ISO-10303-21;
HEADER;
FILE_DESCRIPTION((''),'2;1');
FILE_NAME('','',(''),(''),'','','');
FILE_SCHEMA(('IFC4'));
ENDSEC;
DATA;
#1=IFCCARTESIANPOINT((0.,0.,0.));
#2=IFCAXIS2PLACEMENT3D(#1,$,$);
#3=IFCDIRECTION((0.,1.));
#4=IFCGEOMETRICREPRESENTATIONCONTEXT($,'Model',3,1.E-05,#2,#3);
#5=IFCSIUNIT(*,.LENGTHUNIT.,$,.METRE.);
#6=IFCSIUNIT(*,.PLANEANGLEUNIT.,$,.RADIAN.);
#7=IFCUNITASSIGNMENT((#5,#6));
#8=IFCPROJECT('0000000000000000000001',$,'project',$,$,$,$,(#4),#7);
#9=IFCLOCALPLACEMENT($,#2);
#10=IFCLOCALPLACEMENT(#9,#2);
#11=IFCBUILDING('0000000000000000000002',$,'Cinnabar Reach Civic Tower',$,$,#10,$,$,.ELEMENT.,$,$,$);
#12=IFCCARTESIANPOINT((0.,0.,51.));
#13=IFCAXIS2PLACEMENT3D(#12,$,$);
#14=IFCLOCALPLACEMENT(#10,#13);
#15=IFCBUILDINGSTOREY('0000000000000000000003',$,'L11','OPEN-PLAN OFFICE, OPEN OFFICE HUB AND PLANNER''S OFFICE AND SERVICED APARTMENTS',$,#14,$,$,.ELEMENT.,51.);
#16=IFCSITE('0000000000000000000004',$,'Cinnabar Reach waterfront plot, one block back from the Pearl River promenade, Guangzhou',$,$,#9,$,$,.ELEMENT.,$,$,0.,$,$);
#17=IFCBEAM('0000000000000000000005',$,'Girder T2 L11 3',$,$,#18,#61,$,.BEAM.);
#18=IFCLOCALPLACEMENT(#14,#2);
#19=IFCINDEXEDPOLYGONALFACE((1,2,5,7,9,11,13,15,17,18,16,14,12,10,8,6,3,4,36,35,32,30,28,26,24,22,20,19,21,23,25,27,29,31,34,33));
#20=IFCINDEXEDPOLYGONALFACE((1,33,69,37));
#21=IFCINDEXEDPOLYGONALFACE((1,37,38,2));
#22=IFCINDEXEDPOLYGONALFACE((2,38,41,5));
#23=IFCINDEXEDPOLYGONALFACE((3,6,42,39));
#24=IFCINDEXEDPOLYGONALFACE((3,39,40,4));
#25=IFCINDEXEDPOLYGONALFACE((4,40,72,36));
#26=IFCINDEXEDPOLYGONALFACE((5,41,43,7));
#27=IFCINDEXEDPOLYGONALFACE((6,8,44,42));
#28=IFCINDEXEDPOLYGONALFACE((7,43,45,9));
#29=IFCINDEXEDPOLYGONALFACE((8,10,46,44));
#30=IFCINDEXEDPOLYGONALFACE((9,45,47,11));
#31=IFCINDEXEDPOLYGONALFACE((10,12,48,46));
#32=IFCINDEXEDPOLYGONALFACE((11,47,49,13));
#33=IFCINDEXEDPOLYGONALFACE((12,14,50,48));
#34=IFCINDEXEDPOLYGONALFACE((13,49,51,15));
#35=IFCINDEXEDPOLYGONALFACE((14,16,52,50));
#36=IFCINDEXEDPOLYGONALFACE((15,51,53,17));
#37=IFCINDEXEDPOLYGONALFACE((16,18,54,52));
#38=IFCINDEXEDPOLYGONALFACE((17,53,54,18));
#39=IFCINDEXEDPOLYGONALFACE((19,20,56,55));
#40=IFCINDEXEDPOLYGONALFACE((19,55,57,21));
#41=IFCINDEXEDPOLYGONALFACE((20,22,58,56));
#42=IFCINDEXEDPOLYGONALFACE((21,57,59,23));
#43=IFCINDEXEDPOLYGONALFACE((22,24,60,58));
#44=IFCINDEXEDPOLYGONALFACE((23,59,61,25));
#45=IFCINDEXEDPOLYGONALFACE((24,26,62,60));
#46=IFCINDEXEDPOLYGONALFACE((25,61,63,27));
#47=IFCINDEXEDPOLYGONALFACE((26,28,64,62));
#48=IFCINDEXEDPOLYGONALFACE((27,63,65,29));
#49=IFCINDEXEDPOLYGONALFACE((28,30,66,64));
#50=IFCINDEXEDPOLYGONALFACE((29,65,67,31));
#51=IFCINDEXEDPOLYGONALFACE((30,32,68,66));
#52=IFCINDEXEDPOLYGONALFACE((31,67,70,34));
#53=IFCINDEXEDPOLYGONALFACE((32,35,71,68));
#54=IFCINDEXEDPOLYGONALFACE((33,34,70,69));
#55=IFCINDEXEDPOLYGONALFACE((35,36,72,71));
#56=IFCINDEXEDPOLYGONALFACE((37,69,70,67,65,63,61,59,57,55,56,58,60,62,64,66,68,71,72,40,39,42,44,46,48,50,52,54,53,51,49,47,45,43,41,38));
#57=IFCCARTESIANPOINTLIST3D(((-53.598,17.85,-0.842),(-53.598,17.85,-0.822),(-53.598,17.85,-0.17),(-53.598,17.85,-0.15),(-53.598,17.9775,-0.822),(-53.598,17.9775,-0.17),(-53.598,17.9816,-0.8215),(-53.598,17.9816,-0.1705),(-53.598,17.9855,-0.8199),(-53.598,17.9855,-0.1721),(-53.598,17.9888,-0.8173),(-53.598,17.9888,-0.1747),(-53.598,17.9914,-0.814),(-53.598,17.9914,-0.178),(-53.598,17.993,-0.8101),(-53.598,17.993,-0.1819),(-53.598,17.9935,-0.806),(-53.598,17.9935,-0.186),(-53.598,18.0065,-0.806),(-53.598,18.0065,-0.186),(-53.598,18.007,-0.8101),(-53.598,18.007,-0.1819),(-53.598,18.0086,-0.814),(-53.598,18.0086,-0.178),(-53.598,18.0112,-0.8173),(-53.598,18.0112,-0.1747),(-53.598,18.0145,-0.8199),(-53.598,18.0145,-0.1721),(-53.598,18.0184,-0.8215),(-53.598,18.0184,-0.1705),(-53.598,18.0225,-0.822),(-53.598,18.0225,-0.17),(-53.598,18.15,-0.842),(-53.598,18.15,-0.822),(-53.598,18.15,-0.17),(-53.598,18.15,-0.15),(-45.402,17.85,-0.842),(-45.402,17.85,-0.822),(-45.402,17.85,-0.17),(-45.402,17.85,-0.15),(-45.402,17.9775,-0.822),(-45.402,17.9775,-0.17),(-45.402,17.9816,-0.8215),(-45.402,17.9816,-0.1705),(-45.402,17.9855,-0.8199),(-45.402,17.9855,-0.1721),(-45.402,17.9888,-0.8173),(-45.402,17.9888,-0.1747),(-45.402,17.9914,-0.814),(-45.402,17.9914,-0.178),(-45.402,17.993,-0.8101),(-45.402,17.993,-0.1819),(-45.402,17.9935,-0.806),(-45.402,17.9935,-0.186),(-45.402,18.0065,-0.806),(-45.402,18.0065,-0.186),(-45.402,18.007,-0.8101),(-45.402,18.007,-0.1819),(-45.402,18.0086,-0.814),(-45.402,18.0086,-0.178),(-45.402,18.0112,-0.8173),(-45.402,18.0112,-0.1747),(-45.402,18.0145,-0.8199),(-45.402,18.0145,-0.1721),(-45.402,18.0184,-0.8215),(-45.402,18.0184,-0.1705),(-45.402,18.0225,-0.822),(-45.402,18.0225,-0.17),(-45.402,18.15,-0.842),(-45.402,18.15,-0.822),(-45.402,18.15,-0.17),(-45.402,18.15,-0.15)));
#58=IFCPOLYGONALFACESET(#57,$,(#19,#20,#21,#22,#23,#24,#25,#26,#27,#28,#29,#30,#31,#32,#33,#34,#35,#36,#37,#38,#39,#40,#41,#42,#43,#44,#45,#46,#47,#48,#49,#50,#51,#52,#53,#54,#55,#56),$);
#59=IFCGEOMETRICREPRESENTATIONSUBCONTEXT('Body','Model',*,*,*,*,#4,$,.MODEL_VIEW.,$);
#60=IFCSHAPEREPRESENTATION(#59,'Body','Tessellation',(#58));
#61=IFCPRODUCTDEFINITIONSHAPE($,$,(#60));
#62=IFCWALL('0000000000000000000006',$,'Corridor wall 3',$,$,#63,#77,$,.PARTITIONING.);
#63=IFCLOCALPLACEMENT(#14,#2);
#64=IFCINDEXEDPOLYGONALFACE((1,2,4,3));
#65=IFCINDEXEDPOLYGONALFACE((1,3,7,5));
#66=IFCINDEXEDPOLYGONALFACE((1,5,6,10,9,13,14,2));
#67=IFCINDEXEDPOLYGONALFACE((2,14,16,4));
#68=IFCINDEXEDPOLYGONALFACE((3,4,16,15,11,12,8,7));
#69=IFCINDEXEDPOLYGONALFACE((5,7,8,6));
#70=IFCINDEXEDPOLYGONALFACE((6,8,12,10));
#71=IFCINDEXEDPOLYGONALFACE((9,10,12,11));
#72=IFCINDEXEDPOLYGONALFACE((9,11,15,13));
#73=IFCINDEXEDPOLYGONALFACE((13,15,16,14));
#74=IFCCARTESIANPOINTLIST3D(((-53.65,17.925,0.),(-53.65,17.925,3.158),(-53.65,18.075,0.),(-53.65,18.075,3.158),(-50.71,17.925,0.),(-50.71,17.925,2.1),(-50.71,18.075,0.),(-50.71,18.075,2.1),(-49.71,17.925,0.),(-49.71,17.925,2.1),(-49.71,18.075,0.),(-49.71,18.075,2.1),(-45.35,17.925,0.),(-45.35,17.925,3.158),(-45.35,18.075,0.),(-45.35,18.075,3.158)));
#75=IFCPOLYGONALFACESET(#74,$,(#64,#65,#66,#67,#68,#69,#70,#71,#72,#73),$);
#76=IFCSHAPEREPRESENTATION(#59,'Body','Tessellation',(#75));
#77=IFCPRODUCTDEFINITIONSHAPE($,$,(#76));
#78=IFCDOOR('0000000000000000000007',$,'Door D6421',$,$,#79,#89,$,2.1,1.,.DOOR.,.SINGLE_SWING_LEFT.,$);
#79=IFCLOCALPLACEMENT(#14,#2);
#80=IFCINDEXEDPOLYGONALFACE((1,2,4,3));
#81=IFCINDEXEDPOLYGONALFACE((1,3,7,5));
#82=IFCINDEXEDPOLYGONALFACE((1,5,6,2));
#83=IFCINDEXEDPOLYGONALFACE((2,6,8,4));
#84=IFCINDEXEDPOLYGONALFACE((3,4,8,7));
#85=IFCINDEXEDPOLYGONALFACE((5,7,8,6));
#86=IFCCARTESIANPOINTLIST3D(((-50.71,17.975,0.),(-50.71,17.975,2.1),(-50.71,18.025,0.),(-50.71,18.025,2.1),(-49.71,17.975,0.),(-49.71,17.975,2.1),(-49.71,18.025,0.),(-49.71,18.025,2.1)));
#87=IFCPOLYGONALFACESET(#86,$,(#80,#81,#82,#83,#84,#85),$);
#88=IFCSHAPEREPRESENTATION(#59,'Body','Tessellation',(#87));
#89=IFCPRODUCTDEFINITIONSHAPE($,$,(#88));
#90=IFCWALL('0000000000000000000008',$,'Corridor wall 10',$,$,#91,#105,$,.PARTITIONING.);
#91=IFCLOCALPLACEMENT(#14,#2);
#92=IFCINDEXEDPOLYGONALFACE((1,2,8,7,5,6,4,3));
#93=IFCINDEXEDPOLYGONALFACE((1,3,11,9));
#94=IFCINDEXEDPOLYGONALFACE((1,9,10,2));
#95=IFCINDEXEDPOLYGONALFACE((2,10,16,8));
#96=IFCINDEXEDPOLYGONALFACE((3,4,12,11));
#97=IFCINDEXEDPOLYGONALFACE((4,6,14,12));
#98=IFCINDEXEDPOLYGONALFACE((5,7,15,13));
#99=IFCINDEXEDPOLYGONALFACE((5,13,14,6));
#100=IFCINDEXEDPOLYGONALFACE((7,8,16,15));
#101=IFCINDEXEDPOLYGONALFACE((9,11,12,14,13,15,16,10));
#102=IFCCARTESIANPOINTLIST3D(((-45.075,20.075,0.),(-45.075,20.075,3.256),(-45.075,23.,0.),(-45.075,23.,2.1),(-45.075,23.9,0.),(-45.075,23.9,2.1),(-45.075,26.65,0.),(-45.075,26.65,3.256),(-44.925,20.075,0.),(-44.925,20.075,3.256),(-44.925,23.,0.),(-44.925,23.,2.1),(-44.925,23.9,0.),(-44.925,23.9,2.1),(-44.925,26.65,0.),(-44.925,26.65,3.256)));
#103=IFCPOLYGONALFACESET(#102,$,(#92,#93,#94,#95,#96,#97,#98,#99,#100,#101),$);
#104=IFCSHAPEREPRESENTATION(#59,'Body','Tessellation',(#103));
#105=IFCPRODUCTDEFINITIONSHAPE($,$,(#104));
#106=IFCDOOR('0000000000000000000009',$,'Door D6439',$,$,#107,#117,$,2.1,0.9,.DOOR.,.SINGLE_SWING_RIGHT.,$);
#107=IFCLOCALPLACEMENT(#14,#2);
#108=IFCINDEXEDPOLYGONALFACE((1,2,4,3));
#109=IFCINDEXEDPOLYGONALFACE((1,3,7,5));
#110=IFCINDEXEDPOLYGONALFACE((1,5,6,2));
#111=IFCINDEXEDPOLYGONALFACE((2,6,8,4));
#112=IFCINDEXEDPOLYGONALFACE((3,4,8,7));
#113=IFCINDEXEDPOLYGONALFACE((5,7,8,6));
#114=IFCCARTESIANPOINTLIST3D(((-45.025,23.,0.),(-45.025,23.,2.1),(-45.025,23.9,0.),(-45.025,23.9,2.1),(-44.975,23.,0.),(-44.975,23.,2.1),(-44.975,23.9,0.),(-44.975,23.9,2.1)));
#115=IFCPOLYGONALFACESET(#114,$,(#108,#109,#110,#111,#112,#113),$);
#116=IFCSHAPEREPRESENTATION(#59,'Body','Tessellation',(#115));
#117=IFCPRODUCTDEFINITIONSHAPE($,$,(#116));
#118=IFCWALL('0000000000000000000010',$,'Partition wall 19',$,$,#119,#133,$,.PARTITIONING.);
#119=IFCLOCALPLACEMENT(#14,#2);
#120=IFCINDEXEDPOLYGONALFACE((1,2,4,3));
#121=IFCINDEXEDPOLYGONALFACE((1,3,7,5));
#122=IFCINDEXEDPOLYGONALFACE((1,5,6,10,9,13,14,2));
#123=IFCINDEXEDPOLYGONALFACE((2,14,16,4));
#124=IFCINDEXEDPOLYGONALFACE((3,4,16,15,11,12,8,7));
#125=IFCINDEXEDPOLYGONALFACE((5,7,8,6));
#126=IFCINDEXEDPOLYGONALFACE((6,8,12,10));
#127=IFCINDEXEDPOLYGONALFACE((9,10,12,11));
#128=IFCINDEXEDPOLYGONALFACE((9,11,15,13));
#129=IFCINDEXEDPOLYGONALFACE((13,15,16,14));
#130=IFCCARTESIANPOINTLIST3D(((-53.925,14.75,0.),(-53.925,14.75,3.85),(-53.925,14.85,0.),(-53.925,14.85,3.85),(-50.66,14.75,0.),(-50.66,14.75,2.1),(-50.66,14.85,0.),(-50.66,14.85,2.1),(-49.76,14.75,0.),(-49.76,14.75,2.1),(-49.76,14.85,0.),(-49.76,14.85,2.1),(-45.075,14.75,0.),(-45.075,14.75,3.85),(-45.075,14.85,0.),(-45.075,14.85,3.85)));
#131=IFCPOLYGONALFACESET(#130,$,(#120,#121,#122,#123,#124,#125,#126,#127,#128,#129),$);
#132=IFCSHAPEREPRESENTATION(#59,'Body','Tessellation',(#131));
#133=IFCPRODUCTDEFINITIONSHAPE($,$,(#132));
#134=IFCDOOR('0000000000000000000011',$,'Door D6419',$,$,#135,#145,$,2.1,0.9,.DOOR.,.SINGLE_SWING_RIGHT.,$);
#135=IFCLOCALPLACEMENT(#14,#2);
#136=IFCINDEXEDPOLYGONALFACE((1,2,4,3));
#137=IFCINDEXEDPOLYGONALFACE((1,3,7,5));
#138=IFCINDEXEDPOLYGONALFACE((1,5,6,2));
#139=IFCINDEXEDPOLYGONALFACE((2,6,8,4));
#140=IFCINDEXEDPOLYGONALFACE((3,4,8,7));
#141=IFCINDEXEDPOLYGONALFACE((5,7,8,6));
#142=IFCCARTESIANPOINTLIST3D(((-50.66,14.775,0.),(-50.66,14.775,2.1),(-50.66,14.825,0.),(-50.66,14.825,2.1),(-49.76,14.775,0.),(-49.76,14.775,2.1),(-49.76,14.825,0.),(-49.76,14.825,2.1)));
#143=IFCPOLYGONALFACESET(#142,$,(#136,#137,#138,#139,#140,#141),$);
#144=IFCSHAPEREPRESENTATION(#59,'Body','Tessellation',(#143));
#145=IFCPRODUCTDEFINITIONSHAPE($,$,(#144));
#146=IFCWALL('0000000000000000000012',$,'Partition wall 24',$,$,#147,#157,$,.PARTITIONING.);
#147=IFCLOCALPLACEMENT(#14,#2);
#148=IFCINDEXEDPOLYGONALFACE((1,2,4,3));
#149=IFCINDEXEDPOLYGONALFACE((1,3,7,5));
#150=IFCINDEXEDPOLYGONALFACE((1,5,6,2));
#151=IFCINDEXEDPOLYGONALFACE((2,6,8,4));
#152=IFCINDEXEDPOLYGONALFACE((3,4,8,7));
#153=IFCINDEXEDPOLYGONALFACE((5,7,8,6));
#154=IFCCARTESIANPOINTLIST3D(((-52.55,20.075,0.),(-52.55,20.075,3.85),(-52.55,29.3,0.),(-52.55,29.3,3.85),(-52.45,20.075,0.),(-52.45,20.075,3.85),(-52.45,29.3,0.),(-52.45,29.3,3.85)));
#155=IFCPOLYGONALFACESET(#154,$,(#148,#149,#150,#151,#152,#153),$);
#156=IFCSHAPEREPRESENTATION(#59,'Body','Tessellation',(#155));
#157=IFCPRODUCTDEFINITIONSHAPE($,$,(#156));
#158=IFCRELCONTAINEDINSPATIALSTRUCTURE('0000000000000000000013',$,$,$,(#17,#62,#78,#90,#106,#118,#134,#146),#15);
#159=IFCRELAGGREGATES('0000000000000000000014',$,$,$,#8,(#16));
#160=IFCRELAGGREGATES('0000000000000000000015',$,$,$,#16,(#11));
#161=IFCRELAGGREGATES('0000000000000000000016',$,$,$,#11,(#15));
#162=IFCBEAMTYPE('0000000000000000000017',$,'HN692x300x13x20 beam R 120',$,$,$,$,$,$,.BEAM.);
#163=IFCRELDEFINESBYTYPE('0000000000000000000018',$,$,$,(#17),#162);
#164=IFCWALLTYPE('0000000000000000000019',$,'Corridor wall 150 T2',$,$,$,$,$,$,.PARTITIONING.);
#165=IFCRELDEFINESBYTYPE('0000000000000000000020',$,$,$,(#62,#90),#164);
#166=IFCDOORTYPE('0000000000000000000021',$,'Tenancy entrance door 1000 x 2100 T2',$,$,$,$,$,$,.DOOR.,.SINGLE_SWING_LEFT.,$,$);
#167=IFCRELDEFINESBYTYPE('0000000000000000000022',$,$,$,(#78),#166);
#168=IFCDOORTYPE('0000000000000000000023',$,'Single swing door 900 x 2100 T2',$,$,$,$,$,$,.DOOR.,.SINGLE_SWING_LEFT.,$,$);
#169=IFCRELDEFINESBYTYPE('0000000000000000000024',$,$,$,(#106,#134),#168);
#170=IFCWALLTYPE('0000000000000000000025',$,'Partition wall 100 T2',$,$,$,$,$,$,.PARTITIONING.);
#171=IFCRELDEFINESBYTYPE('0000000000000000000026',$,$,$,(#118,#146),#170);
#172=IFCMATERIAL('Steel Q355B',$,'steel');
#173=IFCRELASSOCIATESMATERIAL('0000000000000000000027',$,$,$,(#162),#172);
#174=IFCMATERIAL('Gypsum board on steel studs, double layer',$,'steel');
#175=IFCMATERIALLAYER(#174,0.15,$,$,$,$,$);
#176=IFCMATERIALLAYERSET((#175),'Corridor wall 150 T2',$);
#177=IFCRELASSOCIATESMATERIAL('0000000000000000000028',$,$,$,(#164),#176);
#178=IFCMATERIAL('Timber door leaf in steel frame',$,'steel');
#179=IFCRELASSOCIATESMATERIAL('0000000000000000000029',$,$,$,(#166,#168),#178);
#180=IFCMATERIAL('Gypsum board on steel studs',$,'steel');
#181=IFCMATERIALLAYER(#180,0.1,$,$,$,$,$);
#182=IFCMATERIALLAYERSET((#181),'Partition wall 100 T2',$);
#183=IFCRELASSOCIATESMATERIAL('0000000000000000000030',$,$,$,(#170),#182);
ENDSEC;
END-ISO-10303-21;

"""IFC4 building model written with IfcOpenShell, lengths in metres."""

from ifc_helpers import new_model, si_unit, direction, frame, frame_2d, origin, origin_2d, place, context, subcontext, project, spatial, rectangle, i_section, extrude, material, layer, layer_set, material_profile, profile_set, type_object, element, fill, save


model = new_model("IFC4")

# Units and contexts
model_context = context("Model", 3, precision=1e-05, world=origin(), true_north=direction((0.0, 1.0)))
body_context = subcontext(model_context, "Body", "Model", "MODEL_VIEW")
ifc_project = project(units=[si_unit("LENGTHUNIT", "METRE"), si_unit("PLANEANGLEUNIT", "RADIAN")], contexts=[model_context])

# Site, building, storey
site_placement = place(None, origin())
site = spatial("IfcSite", under=ifc_project, at=site_placement, Name="Cinnabar Reach waterfront plot, one block back from the Pearl River promenade, Guangzhou", CompositionType="ELEMENT", RefElevation=0.0)
building_placement = place(site_placement, origin())
building = spatial("IfcBuilding", under=site, at=building_placement, Name="Cinnabar Reach Civic Tower", CompositionType="ELEMENT")
storey_placement = place(building_placement, frame((0.0, 0.0, 51.0)))
storey = spatial("IfcBuildingStorey", under=building, at=storey_placement, Name="L11", Description="OPEN-PLAN OFFICE, OPEN OFFICE HUB AND PLANNER'S OFFICE AND SERVICED APARTMENTS", CompositionType="ELEMENT", Elevation=51.0)

# Beam
ifc_material_1 = material(Name="Steel Q355B", Category="steel")
ifc_material_profile_1 = material_profile(ifc_material_1, i_section(OverallWidth=0.3, OverallDepth=0.692, WebThickness=0.013, FlangeThickness=0.02, FilletRadius=0.016, at=origin_2d()), Name="HN692x300x13x20")
ifc_profile_set_1 = profile_set([ifc_material_profile_1], Name="Steel Q355B")
beam_type_1 = type_object("IfcBeamType", Name="HN692x300x13x20 beam R 120", PredefinedType="BEAM", material=ifc_profile_set_1)
beam_1_placement = place(storey_placement, frame((-53.598, 18.0, -0.496), z_axis=(1.0, 0.0, 0.0), x_axis=(0.0, 1.0, 0.0)))
element("IfcBeam", 1, at=beam_1_placement, inside=storey, type_object=beam_type_1, Name="Girder T2 L11 3", PredefinedType="BEAM", context=body_context, shape_type="SweptSolid", body=[
    extrude(i_section(OverallWidth=0.3, OverallDepth=0.692, WebThickness=0.013, FlangeThickness=0.02, FilletRadius=0.016, at=origin_2d()), origin(), (0.0, 0.0, 1.0), 8.196),
])

# Walls, openings, doors
ifc_material_2 = material(Name="Gypsum board on steel studs, double layer", Category="steel")
ifc_layer_1 = layer(ifc_material_2, 0.15)
ifc_layer_set_1 = layer_set([ifc_layer_1], Name="Corridor wall 150 T2")
wall_type_1 = type_object("IfcWallType", Name="Corridor wall 150 T2", PredefinedType="PARTITIONING", material=ifc_layer_set_1)
wall_1_placement = place(storey_placement, frame((-53.65, 18.0, 0.0), z_axis=(0.0, 0.0, 1.0), x_axis=(1.0, 0.0, 0.0)))
wall_1 = element("IfcWall", 2, at=wall_1_placement, inside=storey, type_object=wall_type_1, Name="Corridor wall 3", PredefinedType="PARTITIONING", context=body_context, shape_type="SweptSolid", body=[
    extrude(rectangle(XDim=8.3, YDim=0.15, at=frame_2d((4.15, 0.0))), origin(), (0.0, 0.0, 1.0), 3.158),
])
opening_1_placement = place(wall_1_placement, frame((2.94, 0.0, 0.0)))
opening_1 = element("IfcOpeningElement", 3, at=opening_1_placement, cuts=wall_1, PredefinedType="OPENING", context=body_context, shape_type="SweptSolid", body=[
    extrude(rectangle(XDim=1.0, YDim=2.1, at=frame_2d((0.5, 1.05))), frame((0.0, 0.085, 0.0), z_axis=(0.0, -1.0, 0.0), x_axis=(1.0, 0.0, 0.0)), (0.0, 0.0, 1.0), 0.17),
])
ifc_material_3 = material(Name="Timber door leaf in steel frame", Category="steel")
door_type_1 = type_object("IfcDoorType", Name="Tenancy entrance door 1000 x 2100 T2", OperationType="SINGLE_SWING_LEFT", PredefinedType="DOOR", material=ifc_material_3)
door_1_placement = place(opening_1_placement, frame((1.0, 0.0, 0.0), z_axis=(0.0, 0.0, 1.0), x_axis=(-1.0, 0.0, 0.0)))
door_1 = element("IfcDoor", 4, at=door_1_placement, inside=storey, type_object=door_type_1, Name="Door D6421", OperationType="SINGLE_SWING_LEFT", OverallHeight=2.1, OverallWidth=1.0, PredefinedType="DOOR", context=body_context, shape_type="SweptSolid", body=[
    extrude(rectangle(XDim=1.0, YDim=2.1, at=frame_2d((0.5, 1.05))), frame((0.0, 0.025, 0.0), z_axis=(0.0, -1.0, 0.0), x_axis=(1.0, 0.0, 0.0)), (0.0, 0.0, 1.0), 0.05),
])
fill(opening_1, door_1)
wall_2_placement = place(storey_placement, frame((-45.0, 20.075, 0.0), z_axis=(0.0, 0.0, 1.0), x_axis=(0.0, 1.0, 0.0)))
wall_2 = element("IfcWall", 5, at=wall_2_placement, inside=storey, type_object=wall_type_1, Name="Corridor wall 10", PredefinedType="PARTITIONING", context=body_context, shape_type="SweptSolid", body=[
    extrude(rectangle(XDim=6.575, YDim=0.15, at=frame_2d((3.2875, 0.0))), origin(), (0.0, 0.0, 1.0), 3.256),
])
opening_2_placement = place(wall_2_placement, frame((2.925, 0.0, 0.0)))
opening_2 = element("IfcOpeningElement", 6, at=opening_2_placement, cuts=wall_2, PredefinedType="OPENING", context=body_context, shape_type="SweptSolid", body=[
    extrude(rectangle(XDim=0.9, YDim=2.1, at=frame_2d((0.45, 1.05))), frame((0.0, 0.085, 0.0), z_axis=(0.0, -1.0, 0.0), x_axis=(1.0, 0.0, 0.0)), (0.0, 0.0, 1.0), 0.17),
])
door_type_2 = type_object("IfcDoorType", Name="Single swing door 900 x 2100 T2", OperationType="SINGLE_SWING_LEFT", PredefinedType="DOOR", material=ifc_material_3)
door_2_placement = place(opening_2_placement, origin())
door_2 = element("IfcDoor", 7, at=door_2_placement, inside=storey, type_object=door_type_2, Name="Door D6439", OperationType="SINGLE_SWING_RIGHT", OverallHeight=2.1, OverallWidth=0.9, PredefinedType="DOOR", context=body_context, shape_type="SweptSolid", body=[
    extrude(rectangle(XDim=0.9, YDim=2.1, at=frame_2d((0.45, 1.05))), frame((0.0, 0.025, 0.0), z_axis=(0.0, -1.0, 0.0), x_axis=(1.0, 0.0, 0.0)), (0.0, 0.0, 1.0), 0.05),
])
fill(opening_2, door_2)
ifc_material_4 = material(Name="Gypsum board on steel studs", Category="steel")
ifc_layer_2 = layer(ifc_material_4, 0.1)
ifc_layer_set_2 = layer_set([ifc_layer_2], Name="Partition wall 100 T2")
wall_type_2 = type_object("IfcWallType", Name="Partition wall 100 T2", PredefinedType="PARTITIONING", material=ifc_layer_set_2)
wall_3_placement = place(storey_placement, frame((-53.925, 14.8, 0.0), z_axis=(0.0, 0.0, 1.0), x_axis=(1.0, 0.0, 0.0)))
wall_3 = element("IfcWall", 8, at=wall_3_placement, inside=storey, type_object=wall_type_2, Name="Partition wall 19", PredefinedType="PARTITIONING", context=body_context, shape_type="SweptSolid", body=[
    extrude(rectangle(XDim=8.85, YDim=0.1, at=frame_2d((4.425, 0.0))), origin(), (0.0, 0.0, 1.0), 3.85),
])
opening_3_placement = place(wall_3_placement, frame((3.265, 0.0, 0.0)))
opening_3 = element("IfcOpeningElement", 9, at=opening_3_placement, cuts=wall_3, PredefinedType="OPENING", context=body_context, shape_type="SweptSolid", body=[
    extrude(rectangle(XDim=0.9, YDim=2.1, at=frame_2d((0.45, 1.05))), frame((0.0, 0.06, 0.0), z_axis=(0.0, -1.0, 0.0), x_axis=(1.0, 0.0, 0.0)), (0.0, 0.0, 1.0), 0.12),
])
door_3_placement = place(opening_3_placement, origin())
door_3 = element("IfcDoor", 10, at=door_3_placement, inside=storey, type_object=door_type_2, Name="Door D6419", OperationType="SINGLE_SWING_RIGHT", OverallHeight=2.1, OverallWidth=0.9, PredefinedType="DOOR", context=body_context, shape_type="SweptSolid", body=[
    extrude(rectangle(XDim=0.9, YDim=2.1, at=frame_2d((0.45, 1.05))), frame((0.0, 0.025, 0.0), z_axis=(0.0, -1.0, 0.0), x_axis=(1.0, 0.0, 0.0)), (0.0, 0.0, 1.0), 0.05),
])
fill(opening_3, door_3)

# Wall
wall_4_placement = place(storey_placement, frame((-52.5, 20.075, 0.0), z_axis=(0.0, 0.0, 1.0), x_axis=(0.0, 1.0, 0.0)))
element("IfcWall", 11, at=wall_4_placement, inside=storey, type_object=wall_type_2, Name="Partition wall 24", PredefinedType="PARTITIONING", context=body_context, shape_type="SweptSolid", body=[
    extrude(rectangle(XDim=9.225, YDim=0.1, at=frame_2d((4.6125, 0.0))), origin(), (0.0, 0.0, 1.0), 3.85),
])

save(model, "model.ifc")
